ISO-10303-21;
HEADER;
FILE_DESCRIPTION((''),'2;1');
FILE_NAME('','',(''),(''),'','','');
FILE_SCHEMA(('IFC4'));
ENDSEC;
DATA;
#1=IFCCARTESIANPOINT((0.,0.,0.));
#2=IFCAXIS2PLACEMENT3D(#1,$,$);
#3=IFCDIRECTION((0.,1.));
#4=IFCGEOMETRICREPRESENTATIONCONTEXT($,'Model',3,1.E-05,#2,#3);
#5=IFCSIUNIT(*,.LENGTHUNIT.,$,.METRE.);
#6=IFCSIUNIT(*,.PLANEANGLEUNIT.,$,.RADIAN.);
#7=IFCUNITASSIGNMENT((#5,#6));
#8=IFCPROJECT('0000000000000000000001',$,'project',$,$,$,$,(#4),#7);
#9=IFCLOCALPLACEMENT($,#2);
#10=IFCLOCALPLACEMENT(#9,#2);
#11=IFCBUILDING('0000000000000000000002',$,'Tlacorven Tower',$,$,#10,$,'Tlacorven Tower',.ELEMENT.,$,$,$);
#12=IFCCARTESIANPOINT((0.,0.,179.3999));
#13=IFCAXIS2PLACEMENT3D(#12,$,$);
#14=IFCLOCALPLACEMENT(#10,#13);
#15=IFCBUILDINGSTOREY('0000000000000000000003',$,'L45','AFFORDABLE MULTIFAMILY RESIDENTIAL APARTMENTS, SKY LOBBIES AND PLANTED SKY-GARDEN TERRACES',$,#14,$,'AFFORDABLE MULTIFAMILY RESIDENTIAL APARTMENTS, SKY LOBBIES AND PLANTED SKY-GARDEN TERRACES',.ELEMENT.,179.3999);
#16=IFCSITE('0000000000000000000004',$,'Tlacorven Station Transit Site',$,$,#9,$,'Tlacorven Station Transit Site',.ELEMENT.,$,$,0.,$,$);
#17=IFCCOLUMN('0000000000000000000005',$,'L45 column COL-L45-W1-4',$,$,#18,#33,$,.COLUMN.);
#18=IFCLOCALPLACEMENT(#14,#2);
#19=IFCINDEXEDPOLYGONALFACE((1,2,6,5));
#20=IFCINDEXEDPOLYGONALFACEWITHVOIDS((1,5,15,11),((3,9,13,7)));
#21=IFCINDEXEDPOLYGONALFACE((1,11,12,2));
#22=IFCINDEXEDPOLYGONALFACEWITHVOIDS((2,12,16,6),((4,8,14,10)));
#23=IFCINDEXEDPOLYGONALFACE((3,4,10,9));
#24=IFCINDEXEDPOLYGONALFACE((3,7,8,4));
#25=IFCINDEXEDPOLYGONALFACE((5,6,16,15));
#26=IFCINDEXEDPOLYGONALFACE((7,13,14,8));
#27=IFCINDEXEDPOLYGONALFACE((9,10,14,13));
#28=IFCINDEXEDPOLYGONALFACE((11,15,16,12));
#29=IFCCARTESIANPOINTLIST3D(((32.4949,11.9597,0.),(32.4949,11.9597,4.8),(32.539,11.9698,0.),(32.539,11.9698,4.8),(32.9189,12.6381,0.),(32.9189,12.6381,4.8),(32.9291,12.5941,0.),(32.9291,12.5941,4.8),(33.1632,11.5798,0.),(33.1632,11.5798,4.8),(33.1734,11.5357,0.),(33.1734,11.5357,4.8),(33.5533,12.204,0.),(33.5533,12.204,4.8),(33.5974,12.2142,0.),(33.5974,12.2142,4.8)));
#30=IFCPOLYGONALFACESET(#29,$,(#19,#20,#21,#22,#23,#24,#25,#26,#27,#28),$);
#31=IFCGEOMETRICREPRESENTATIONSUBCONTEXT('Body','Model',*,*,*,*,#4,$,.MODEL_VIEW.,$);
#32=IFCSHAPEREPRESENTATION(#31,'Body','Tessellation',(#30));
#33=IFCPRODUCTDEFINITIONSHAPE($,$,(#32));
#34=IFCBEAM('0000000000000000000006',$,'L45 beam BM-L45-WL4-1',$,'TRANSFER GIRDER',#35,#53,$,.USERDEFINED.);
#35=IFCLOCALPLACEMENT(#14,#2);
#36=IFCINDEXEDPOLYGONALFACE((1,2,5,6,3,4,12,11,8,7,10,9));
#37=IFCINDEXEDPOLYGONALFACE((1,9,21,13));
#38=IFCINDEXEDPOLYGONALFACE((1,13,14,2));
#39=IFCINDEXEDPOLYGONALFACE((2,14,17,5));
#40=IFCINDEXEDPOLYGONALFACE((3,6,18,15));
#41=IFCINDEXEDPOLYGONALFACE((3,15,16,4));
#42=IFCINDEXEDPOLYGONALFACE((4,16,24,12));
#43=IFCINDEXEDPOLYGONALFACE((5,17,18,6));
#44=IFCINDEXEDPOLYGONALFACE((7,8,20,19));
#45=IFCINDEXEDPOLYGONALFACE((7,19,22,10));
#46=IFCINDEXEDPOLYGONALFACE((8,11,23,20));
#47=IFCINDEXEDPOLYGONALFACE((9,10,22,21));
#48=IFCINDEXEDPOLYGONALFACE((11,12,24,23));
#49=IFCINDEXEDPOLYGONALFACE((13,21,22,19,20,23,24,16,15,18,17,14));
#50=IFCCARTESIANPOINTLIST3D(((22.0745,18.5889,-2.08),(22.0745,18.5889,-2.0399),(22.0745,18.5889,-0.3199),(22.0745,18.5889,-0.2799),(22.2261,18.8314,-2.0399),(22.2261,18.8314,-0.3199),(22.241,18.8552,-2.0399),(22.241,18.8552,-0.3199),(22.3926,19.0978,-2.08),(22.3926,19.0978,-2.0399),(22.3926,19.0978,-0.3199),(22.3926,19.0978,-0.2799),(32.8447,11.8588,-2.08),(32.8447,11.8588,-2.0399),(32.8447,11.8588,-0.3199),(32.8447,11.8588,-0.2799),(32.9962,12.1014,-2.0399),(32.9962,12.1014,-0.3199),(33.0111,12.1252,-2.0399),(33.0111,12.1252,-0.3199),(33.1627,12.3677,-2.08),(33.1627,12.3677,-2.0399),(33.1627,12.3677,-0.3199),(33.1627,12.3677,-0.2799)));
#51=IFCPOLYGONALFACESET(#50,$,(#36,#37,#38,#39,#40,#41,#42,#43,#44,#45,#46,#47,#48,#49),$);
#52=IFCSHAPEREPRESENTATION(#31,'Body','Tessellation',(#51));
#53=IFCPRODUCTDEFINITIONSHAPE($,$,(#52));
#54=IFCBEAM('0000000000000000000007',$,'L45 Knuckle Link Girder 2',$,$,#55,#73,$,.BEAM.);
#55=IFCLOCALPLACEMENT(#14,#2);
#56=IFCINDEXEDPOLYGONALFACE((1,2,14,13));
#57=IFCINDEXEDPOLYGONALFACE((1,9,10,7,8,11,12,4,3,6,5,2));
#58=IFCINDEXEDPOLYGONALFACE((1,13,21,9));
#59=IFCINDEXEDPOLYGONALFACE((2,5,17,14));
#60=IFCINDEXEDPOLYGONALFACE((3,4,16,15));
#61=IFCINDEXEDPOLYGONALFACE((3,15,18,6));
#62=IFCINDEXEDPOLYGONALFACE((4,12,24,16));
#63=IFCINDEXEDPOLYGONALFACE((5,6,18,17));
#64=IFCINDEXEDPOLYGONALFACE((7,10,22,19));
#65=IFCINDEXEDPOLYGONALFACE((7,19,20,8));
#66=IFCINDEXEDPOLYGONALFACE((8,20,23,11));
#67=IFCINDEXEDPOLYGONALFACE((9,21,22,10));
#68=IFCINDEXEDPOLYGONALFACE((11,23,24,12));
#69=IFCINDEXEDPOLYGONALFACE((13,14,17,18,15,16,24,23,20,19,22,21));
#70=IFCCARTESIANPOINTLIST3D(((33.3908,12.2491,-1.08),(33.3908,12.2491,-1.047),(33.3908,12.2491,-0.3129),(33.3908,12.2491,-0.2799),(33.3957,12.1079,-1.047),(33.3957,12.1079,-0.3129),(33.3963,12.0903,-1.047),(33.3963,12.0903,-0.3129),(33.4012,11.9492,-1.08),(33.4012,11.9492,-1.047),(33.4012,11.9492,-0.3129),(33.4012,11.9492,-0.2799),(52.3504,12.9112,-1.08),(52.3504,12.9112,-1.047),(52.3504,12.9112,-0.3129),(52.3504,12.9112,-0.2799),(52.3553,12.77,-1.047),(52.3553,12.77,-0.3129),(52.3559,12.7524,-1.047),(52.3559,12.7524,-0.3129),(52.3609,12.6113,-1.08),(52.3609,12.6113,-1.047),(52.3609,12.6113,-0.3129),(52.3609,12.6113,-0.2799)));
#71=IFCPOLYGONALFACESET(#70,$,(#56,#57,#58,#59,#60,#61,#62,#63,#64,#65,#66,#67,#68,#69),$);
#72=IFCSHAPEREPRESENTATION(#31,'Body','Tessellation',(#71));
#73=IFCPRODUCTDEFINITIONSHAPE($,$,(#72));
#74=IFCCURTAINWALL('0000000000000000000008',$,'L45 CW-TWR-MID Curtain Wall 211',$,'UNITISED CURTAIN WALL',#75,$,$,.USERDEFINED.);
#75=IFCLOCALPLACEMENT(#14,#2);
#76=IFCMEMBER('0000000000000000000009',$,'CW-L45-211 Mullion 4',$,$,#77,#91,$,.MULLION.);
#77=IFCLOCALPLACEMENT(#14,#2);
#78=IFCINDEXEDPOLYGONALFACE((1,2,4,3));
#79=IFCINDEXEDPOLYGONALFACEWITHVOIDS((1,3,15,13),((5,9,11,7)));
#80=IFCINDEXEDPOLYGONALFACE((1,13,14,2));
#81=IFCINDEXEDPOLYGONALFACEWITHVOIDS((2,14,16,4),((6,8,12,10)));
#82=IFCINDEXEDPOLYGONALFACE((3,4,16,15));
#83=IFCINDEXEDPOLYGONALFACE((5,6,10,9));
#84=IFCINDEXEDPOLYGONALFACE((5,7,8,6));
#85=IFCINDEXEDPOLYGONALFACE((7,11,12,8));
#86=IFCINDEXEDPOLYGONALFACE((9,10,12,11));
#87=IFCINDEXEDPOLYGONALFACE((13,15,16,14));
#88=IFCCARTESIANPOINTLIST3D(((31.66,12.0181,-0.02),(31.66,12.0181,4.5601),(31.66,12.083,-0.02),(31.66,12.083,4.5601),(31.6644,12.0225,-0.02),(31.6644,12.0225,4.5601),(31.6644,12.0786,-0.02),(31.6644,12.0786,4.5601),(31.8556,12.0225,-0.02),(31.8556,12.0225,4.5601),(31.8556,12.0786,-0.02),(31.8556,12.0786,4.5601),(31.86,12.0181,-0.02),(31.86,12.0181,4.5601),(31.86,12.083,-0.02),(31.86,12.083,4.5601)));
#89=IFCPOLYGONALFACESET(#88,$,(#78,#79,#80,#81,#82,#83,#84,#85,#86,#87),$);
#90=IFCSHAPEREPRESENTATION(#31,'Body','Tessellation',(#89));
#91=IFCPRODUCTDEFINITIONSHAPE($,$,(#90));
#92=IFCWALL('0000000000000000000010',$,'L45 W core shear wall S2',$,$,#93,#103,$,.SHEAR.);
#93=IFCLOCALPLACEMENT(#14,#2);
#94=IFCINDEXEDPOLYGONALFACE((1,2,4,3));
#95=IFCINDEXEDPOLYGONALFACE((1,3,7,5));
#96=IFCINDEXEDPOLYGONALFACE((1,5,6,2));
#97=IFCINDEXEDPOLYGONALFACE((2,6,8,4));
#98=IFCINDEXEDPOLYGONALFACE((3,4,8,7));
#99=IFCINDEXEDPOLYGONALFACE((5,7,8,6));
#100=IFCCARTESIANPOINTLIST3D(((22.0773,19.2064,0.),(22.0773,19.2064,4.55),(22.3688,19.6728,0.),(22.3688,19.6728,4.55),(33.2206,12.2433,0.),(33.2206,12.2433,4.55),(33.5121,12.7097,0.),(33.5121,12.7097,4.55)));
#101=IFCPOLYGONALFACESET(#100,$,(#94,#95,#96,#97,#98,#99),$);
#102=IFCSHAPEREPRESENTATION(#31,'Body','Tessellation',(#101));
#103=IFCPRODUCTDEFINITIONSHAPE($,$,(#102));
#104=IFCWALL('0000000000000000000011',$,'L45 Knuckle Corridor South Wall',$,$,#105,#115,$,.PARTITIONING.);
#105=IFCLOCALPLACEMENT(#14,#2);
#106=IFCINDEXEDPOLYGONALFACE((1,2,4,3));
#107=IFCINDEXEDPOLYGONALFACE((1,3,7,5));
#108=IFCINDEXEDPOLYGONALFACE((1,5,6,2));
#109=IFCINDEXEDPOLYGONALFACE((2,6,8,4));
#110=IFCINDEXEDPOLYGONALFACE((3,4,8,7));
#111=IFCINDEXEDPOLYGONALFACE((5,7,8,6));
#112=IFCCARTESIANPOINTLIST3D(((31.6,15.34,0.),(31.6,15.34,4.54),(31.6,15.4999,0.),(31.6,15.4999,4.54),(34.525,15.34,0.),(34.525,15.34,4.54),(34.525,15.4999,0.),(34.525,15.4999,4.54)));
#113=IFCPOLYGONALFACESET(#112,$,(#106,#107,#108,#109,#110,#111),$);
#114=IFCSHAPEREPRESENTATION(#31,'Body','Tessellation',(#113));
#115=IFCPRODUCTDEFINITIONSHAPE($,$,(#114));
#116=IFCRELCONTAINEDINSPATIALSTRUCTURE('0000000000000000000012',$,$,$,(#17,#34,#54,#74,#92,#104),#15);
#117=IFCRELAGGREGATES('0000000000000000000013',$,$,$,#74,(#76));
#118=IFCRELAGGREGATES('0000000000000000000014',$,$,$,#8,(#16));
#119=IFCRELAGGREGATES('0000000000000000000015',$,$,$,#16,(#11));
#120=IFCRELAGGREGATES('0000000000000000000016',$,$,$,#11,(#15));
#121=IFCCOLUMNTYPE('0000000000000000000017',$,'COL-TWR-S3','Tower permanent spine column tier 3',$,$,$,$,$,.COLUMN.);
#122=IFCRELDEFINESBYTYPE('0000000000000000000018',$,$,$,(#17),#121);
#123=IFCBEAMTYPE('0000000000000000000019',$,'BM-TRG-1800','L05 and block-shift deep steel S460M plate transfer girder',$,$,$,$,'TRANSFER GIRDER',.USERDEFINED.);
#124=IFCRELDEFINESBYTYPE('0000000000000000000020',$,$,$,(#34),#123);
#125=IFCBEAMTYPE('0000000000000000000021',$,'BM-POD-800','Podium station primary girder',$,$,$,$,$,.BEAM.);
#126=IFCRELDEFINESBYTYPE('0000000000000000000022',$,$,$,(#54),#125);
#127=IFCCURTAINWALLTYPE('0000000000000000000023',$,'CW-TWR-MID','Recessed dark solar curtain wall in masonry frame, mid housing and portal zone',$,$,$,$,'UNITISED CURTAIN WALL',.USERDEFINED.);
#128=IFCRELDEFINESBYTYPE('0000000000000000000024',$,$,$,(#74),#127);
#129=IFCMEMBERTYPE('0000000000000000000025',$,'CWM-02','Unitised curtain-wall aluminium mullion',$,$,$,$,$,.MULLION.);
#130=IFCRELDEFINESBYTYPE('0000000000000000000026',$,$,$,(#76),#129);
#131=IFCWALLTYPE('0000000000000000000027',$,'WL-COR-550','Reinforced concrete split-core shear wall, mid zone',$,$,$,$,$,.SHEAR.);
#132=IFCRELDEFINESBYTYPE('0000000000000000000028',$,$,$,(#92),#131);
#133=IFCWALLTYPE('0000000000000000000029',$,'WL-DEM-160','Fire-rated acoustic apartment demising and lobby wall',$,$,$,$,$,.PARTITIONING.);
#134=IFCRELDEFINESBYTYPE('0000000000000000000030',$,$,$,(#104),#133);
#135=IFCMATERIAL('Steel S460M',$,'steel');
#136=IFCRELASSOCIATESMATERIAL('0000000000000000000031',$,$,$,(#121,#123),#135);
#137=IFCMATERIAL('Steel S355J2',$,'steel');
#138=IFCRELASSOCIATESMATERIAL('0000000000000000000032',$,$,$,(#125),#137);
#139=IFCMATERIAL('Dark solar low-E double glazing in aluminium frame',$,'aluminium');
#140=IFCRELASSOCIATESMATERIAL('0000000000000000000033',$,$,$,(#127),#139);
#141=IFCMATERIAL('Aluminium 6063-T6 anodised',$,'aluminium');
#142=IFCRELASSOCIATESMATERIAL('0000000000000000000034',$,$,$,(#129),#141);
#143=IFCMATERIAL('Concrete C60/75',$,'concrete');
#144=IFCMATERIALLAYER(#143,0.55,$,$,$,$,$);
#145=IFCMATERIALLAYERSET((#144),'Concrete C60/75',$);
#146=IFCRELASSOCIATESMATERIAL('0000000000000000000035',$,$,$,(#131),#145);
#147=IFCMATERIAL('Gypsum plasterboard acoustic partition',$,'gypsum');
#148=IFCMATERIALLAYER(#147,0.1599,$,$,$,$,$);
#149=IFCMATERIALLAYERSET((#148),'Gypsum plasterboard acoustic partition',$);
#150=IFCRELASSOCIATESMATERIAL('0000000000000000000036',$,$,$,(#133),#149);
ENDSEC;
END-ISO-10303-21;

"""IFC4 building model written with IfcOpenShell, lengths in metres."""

from ifc_helpers import new_model, si_unit, direction, frame, frame_2d, origin, origin_2d, place, context, subcontext, project, spatial, rectangle, hollow_rectangle, i_section, extrude, source, transform, mapped, material, layer, layer_set, material_profile, profile_set, type_object, element, aggregate, save


model = new_model("IFC4")

# Units and contexts
model_context = context("Model", 3, precision=1e-05, world=origin(), true_north=direction((0.0, 1.0)))
body_context = subcontext(model_context, "Body", "Model", "MODEL_VIEW")
ifc_project = project(units=[si_unit("LENGTHUNIT", "METRE"), si_unit("PLANEANGLEUNIT", "RADIAN")], contexts=[model_context])

# Site, building, storey
site_placement = place(None, origin())
site = spatial("IfcSite", under=ifc_project, at=site_placement, Name="Tlacorven Station Transit Site", LongName="Tlacorven Station Transit Site", CompositionType="ELEMENT", RefElevation=0.0)
building_placement = place(site_placement, origin())
building = spatial("IfcBuilding", under=site, at=building_placement, Name="Tlacorven Tower", LongName="Tlacorven Tower", CompositionType="ELEMENT")
storey_placement = place(building_placement, frame((0.0, 0.0, 179.3999)))
storey = spatial("IfcBuildingStorey", under=building, at=storey_placement, Name="L45", Description="AFFORDABLE MULTIFAMILY RESIDENTIAL APARTMENTS, SKY LOBBIES AND PLANTED SKY-GARDEN TERRACES", LongName="AFFORDABLE MULTIFAMILY RESIDENTIAL APARTMENTS, SKY LOBBIES AND PLANTED SKY-GARDEN TERRACES", CompositionType="ELEMENT", Elevation=179.3999)

# Column
ifc_material_1 = material(Name="Steel S460M", Category="steel")
ifc_material_profile_1 = material_profile(ifc_material_1, hollow_rectangle(XDim=0.8, YDim=0.8, WallThickness=0.032, at=origin_2d()), Name="BOX 800X800X32")
ifc_profile_set_1 = profile_set([ifc_material_profile_1], Name="Steel S460M")
column_type = type_object("IfcColumnType", Name="COL-TWR-S3", Description="Tower permanent spine column tier 3", PredefinedType="COLUMN", material=ifc_profile_set_1)
shared_shape_1 = source(origin(), body_context, "Body", "SweptSolid", [
    extrude(hollow_rectangle(XDim=0.8, YDim=0.8, WallThickness=0.032, at=origin_2d()), origin(), (0.0, 0.0, 1.0), 4.8),
])
column_placement = place(storey_placement, frame((33.0461, 12.0869, 0.0), z_axis=(0.0, 0.0, 1.0), x_axis=(-0.848048, 0.529919, 0.0)))
element("IfcColumn", 1, at=column_placement, inside=storey, type_object=column_type, Name="L45 column COL-L45-W1-4", PredefinedType="COLUMN", context=body_context, shape_type="MappedRepresentation", body=[
    mapped(shared_shape_1, transform((0.0, 0.0, 0.0), scale=1.0)),
])

# Beams
ifc_material_profile_2 = material_profile(ifc_material_1, i_section(OverallWidth=0.6001, OverallDepth=1.8, WebThickness=0.0281, FlangeThickness=0.04, at=origin_2d()), Name="PG 1800X600X28X40")
ifc_profile_set_2 = profile_set([ifc_material_profile_2], Name="Steel S460M")
beam_type_1 = type_object("IfcBeamType", Name="BM-TRG-1800", Description="L05 and block-shift deep steel S460M plate transfer girder", ElementType="TRANSFER GIRDER", PredefinedType="USERDEFINED", material=ifc_profile_set_2)
shared_shape_2 = source(origin(), body_context, "Body", "SweptSolid", [
    extrude(i_section(OverallWidth=0.6001, OverallDepth=1.8, WebThickness=0.0281, FlangeThickness=0.04, at=origin_2d()), origin(), (0.0, 0.0, 1.0), 12.7),
])
beam_1_placement = place(storey_placement, frame((33.0037, 12.1133, -1.1799), z_axis=(-0.848044, 0.529926, 0.0), x_axis=(-0.529926, -0.848044, 0.0)))
element("IfcBeam", 2, at=beam_1_placement, inside=storey, type_object=beam_type_1, Name="L45 beam BM-L45-WL4-1", ObjectType="TRANSFER GIRDER", PredefinedType="USERDEFINED", context=body_context, shape_type="MappedRepresentation", body=[
    mapped(shared_shape_2, transform((0.0, 0.0, 0.0), scale=1.0)),
])
ifc_material_2 = material(Name="Steel S355J2", Category="steel")
ifc_material_profile_3 = material_profile(ifc_material_2, i_section(OverallWidth=0.3, OverallDepth=0.8, WebThickness=0.0176, FlangeThickness=0.033, at=origin_2d()), Name="HEB 800")
ifc_profile_set_3 = profile_set([ifc_material_profile_3], Name="Steel S355J2")
beam_type_2 = type_object("IfcBeamType", Name="BM-POD-800", Description="Podium station primary girder", PredefinedType="BEAM", material=ifc_profile_set_3)
shared_shape_3 = source(origin(), body_context, "Body", "SweptSolid", [
    extrude(i_section(OverallWidth=0.3, OverallDepth=0.8, WebThickness=0.0176, FlangeThickness=0.033, at=origin_2d()), origin(), (0.0, 0.0, 1.0), 18.9712),
])
beam_2_placement = place(storey_placement, frame((33.396, 12.0991, -0.6799), z_axis=(0.999391, 0.034901, 0.0), x_axis=(-0.034901, 0.999391, 0.0)))
element("IfcBeam", 3, at=beam_2_placement, inside=storey, type_object=beam_type_2, Name="L45 Knuckle Link Girder 2", PredefinedType="BEAM", context=body_context, shape_type="MappedRepresentation", body=[
    mapped(shared_shape_3, transform((0.0, 0.0, 0.0), scale=1.0)),
])

# Curtain wall, member
ifc_material_3 = material(Name="Dark solar low-E double glazing in aluminium frame", Category="aluminium")
curtain_wall_type = type_object("IfcCurtainWallType", Name="CW-TWR-MID", Description="Recessed dark solar curtain wall in masonry frame, mid housing and portal zone", ElementType="UNITISED CURTAIN WALL", PredefinedType="USERDEFINED", material=ifc_material_3)
curtain_wall_placement = place(storey_placement, origin())
curtain_wall = element("IfcCurtainWall", 4, at=curtain_wall_placement, inside=storey, type_object=curtain_wall_type, Name="L45 CW-TWR-MID Curtain Wall 211", ObjectType="UNITISED CURTAIN WALL", PredefinedType="USERDEFINED")
ifc_material_4 = material(Name="Aluminium 6063-T6 anodised", Category="aluminium")
ifc_material_profile_4 = material_profile(ifc_material_4, hollow_rectangle(XDim=0.0649, YDim=0.2, WallThickness=0.0044, at=origin_2d()), Name="ALU MULLION 65X200")
ifc_profile_set_4 = profile_set([ifc_material_profile_4], Name="Aluminium 6063-T6 anodised")
member_type = type_object("IfcMemberType", Name="CWM-02", Description="Unitised curtain-wall aluminium mullion", PredefinedType="MULLION", material=ifc_profile_set_4)
shared_shape_4 = source(origin(), body_context, "Body", "SweptSolid", [
    extrude(hollow_rectangle(XDim=0.0649, YDim=0.2, WallThickness=0.0044, at=origin_2d()), origin(), (0.0, 0.0, 1.0), 4.5801),
])
member_placement = place(storey_placement, frame((31.76, 12.0505, -0.02), z_axis=(0.0, 0.0, 1.0), x_axis=(0.0, 1.0, 0.0)))
member = element("IfcMember", 5, at=member_placement, type_object=member_type, Name="CW-L45-211 Mullion 4", PredefinedType="MULLION", context=body_context, shape_type="MappedRepresentation", body=[
    mapped(shared_shape_4, transform((0.0, 0.0, 0.0), scale=1.0)),
])
aggregate(curtain_wall, [member])

# Walls
ifc_material_5 = material(Name="Concrete C60/75", Category="concrete")
ifc_layer_1 = layer(ifc_material_5, 0.55)
ifc_layer_set_1 = layer_set([ifc_layer_1], Name="Concrete C60/75")
wall_type_1 = type_object("IfcWallType", Name="WL-COR-550", Description="Reinforced concrete split-core shear wall, mid zone", PredefinedType="SHEAR", material=ifc_layer_set_1)
wall_1_placement = place(storey_placement, frame((33.3662, 12.4766, 0.0), z_axis=(0.0, 0.0, 1.0), x_axis=(-0.848047, 0.52992, 0.0)))
element("IfcWall", 6, at=wall_1_placement, inside=storey, type_object=wall_type_1, Name="L45 W core shear wall S2", PredefinedType="SHEAR", context=body_context, shape_type="SweptSolid", body=[
    extrude(rectangle(XDim=13.1399, YDim=0.55, at=frame_2d((6.5698, 0.0))), origin(), (0.0, 0.0, 1.0), 4.55),
])
ifc_material_6 = material(Name="Gypsum plasterboard acoustic partition", Category="gypsum")
ifc_layer_2 = layer(ifc_material_6, 0.1599)
ifc_layer_set_2 = layer_set([ifc_layer_2], Name="Gypsum plasterboard acoustic partition")
wall_type_2 = type_object("IfcWallType", Name="WL-DEM-160", Description="Fire-rated acoustic apartment demising and lobby wall", PredefinedType="PARTITIONING", material=ifc_layer_set_2)
wall_2_placement = place(storey_placement, frame((31.6001, 15.4199, 0.0), z_axis=(0.0, 0.0, 1.0), x_axis=(1.0, 0.0, 0.0)))
element("IfcWall", 7, at=wall_2_placement, inside=storey, type_object=wall_type_2, Name="L45 Knuckle Corridor South Wall", PredefinedType="PARTITIONING", context=body_context, shape_type="SweptSolid", body=[
    extrude(rectangle(XDim=2.925, YDim=0.1599, at=frame_2d((1.4624, 0.0))), origin(), (0.0, 0.0, 1.0), 4.54),
])

save(model, "model.ifc")
